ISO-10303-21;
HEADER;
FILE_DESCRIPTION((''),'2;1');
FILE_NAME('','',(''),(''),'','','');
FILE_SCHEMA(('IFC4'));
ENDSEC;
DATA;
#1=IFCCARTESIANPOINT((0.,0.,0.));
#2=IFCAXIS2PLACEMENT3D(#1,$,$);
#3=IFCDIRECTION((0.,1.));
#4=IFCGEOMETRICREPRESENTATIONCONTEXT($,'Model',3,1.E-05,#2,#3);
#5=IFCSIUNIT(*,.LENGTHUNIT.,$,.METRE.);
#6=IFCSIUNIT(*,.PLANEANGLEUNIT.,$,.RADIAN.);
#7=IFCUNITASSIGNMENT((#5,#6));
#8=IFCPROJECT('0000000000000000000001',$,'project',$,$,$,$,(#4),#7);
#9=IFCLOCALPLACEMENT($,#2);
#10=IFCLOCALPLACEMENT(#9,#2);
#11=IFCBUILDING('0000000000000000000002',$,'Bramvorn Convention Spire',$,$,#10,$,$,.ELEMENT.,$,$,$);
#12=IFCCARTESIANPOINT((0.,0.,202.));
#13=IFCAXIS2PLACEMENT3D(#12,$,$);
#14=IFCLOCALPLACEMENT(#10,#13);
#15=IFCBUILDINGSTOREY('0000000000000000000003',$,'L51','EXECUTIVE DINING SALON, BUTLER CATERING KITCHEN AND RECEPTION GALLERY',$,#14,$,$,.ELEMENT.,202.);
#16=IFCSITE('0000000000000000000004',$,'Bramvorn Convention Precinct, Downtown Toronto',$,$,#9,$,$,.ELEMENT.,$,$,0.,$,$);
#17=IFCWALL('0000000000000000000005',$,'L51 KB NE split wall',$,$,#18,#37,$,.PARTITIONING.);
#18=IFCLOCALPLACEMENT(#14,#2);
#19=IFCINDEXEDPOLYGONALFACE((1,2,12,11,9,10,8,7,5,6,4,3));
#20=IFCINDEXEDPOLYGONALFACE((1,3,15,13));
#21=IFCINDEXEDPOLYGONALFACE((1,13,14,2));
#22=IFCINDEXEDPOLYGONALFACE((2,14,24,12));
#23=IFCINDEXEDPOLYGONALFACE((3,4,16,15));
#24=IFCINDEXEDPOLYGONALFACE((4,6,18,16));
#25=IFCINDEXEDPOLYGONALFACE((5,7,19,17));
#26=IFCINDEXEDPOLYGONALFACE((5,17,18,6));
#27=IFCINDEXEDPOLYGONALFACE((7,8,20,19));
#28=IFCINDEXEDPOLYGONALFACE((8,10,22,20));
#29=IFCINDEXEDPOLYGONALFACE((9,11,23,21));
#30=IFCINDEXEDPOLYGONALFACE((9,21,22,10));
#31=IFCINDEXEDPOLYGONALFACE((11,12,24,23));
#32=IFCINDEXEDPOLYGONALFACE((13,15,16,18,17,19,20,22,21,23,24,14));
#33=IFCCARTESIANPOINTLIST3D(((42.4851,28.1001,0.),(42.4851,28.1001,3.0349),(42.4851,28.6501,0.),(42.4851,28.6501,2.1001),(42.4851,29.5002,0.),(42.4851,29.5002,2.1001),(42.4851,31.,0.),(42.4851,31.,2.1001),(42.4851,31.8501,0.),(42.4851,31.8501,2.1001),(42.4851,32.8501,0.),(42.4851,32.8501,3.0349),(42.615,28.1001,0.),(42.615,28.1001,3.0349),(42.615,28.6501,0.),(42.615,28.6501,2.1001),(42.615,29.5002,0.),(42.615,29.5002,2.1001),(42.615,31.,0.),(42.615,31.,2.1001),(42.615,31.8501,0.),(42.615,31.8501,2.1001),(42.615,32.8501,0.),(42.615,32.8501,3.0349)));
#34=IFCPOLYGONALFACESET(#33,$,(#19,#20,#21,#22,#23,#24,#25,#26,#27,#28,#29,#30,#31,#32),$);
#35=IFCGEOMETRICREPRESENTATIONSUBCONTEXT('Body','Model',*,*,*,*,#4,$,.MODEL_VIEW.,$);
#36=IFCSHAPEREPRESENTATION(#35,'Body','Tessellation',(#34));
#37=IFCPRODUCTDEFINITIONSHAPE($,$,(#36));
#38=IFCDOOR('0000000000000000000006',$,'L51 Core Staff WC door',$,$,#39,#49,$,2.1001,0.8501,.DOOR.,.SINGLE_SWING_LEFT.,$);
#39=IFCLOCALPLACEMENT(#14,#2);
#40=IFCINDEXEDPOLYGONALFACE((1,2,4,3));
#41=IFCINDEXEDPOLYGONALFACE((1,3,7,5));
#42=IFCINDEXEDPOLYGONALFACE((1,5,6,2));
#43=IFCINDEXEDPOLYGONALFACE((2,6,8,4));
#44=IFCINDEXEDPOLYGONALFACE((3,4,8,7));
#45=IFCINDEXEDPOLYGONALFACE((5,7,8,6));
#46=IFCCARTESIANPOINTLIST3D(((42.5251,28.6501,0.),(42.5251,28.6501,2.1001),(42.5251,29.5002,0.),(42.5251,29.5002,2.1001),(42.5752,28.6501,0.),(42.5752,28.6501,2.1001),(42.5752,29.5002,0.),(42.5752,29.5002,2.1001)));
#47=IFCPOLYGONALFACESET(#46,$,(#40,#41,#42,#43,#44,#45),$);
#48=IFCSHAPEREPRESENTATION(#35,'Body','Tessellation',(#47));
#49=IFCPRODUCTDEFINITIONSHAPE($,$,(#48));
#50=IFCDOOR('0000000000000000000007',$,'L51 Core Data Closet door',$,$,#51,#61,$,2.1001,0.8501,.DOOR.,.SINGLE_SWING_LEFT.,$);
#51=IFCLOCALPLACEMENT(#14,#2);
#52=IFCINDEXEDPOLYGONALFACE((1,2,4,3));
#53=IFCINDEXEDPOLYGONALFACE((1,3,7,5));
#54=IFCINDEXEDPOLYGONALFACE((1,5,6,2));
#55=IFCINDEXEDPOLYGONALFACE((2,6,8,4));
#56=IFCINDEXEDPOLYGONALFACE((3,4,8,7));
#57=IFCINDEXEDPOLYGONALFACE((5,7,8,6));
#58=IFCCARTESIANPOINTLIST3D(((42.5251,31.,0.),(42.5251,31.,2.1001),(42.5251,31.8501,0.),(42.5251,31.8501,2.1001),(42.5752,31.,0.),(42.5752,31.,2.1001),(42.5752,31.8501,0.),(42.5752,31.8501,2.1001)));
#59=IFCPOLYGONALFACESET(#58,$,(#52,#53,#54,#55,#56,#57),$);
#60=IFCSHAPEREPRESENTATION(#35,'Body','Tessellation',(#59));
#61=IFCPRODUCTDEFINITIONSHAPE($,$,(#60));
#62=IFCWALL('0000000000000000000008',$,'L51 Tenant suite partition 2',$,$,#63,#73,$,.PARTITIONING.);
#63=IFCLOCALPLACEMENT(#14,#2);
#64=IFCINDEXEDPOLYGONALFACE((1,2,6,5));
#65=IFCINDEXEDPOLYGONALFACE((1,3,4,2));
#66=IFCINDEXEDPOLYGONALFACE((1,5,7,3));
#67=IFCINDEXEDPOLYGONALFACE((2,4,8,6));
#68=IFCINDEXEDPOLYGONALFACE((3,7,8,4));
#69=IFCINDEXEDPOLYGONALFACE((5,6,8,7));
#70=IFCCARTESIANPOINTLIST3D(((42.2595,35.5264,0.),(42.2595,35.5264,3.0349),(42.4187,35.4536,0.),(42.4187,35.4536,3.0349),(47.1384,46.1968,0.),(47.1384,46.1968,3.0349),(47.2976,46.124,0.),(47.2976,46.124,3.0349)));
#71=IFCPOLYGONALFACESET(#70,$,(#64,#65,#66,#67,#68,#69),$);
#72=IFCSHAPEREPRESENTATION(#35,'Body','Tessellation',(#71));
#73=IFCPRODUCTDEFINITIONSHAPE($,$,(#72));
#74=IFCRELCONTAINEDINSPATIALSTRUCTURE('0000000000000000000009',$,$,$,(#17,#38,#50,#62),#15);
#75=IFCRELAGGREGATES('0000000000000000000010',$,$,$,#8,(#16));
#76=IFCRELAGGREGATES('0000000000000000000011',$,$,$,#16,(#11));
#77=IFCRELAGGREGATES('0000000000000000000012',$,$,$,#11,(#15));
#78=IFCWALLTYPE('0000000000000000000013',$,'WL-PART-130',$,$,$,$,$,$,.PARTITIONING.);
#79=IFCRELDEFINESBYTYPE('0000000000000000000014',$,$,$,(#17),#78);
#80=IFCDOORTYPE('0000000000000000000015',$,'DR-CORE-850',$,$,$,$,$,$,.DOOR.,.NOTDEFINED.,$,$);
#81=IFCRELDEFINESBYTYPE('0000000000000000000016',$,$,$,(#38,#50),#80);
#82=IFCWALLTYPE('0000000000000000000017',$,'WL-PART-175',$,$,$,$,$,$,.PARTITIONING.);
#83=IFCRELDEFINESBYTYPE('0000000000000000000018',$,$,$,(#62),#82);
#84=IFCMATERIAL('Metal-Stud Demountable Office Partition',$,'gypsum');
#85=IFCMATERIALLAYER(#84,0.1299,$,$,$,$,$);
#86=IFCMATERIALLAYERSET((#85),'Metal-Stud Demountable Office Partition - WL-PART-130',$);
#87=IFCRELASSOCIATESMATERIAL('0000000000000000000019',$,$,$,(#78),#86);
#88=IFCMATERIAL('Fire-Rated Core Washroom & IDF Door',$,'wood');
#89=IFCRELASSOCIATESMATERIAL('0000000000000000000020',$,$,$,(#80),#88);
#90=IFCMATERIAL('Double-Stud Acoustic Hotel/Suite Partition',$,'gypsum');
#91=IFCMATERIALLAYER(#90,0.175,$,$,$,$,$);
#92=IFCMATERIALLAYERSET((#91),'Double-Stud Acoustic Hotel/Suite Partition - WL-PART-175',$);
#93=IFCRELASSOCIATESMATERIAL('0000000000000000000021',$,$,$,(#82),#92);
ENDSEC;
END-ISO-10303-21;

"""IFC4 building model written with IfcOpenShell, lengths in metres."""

from ifc_helpers import new_model, si_unit, direction, frame, frame_2d, origin, place, context, subcontext, project, spatial, rectangle, extrude, material, layer, layer_set, type_object, element, fill, save


model = new_model("IFC4")

# Units and contexts
model_context = context("Model", 3, precision=1e-05, world=origin(), true_north=direction((0.0, 1.0)))
body_context = subcontext(model_context, "Body", "Model", "MODEL_VIEW")
ifc_project = project(units=[si_unit("LENGTHUNIT", "METRE"), si_unit("PLANEANGLEUNIT", "RADIAN")], contexts=[model_context])

# Site, building, storey
site_placement = place(None, origin())
site = spatial("IfcSite", under=ifc_project, at=site_placement, Name="Bramvorn Convention Precinct, Downtown Toronto", CompositionType="ELEMENT", RefElevation=0.0)
building_placement = place(site_placement, origin())
building = spatial("IfcBuilding", under=site, at=building_placement, Name="Bramvorn Convention Spire", CompositionType="ELEMENT")
storey_placement = place(building_placement, frame((0.0, 0.0, 202.0)))
storey = spatial("IfcBuildingStorey", under=building, at=storey_placement, Name="L51", Description="EXECUTIVE DINING SALON, BUTLER CATERING KITCHEN AND RECEPTION GALLERY", CompositionType="ELEMENT", Elevation=202.0)

# Wall, openings, doors
ifc_material_1 = material(Name="Metal-Stud Demountable Office Partition", Category="gypsum")
ifc_layer_1 = layer(ifc_material_1, 0.1299)
ifc_layer_set_1 = layer_set([ifc_layer_1], Name="Metal-Stud Demountable Office Partition - WL-PART-130")
wall_type_1 = type_object("IfcWallType", Name="WL-PART-130", PredefinedType="PARTITIONING", material=ifc_layer_set_1)
wall_1_placement = place(storey_placement, frame((42.55, 28.1001, 0.0), z_axis=(0.0, 0.0, 1.0), x_axis=(0.0, 1.0, 0.0)))
wall_1 = element("IfcWall", 1, at=wall_1_placement, inside=storey, type_object=wall_type_1, Name="L51 KB NE split wall", PredefinedType="PARTITIONING", context=body_context, shape_type="SweptSolid", body=[
    extrude(rectangle(XDim=4.75, YDim=0.1299, at=frame_2d((2.375, 0.0))), origin(), (0.0, 0.0, 1.0), 3.0349),
])
opening_1_placement = place(wall_1_placement, frame((0.55, 0.0, 0.0)))
opening_1 = element("IfcOpeningElement", 2, at=opening_1_placement, cuts=wall_1, PredefinedType="OPENING", context=body_context, shape_type="SweptSolid", body=[
    extrude(rectangle(XDim=0.8501, YDim=2.1001, at=frame_2d((0.425, 1.05))), frame((0.0, 0.075, 0.0), z_axis=(0.0, -1.0, 0.0), x_axis=(1.0, 0.0, 0.0)), (0.0, 0.0, 1.0), 0.1499),
])
opening_2_placement = place(wall_1_placement, frame((2.8999, 0.0, 0.0)))
opening_2 = element("IfcOpeningElement", 3, at=opening_2_placement, cuts=wall_1, PredefinedType="OPENING", context=body_context, shape_type="SweptSolid", body=[
    extrude(rectangle(XDim=0.8501, YDim=2.1001, at=frame_2d((0.425, 1.05))), frame((0.0, 0.075, 0.0), z_axis=(0.0, -1.0, 0.0), x_axis=(1.0, 0.0, 0.0)), (0.0, 0.0, 1.0), 0.1499),
])
ifc_material_2 = material(Name="Fire-Rated Core Washroom & IDF Door", Category="wood")
door_type_1 = type_object("IfcDoorType", Name="DR-CORE-850", OperationType="NOTDEFINED", PredefinedType="DOOR", material=ifc_material_2)
door_1_placement = place(opening_1_placement, origin())
door_1 = element("IfcDoor", 4, at=door_1_placement, inside=storey, type_object=door_type_1, Name="L51 Core Staff WC door", OperationType="SINGLE_SWING_LEFT", OverallHeight=2.1001, OverallWidth=0.8501, PredefinedType="DOOR", context=body_context, shape_type="SweptSolid", body=[
    extrude(rectangle(XDim=0.8501, YDim=2.1001, at=frame_2d((0.425, 1.05))), frame((0.0, 0.0249, 0.0), z_axis=(0.0, -1.0, 0.0), x_axis=(1.0, 0.0, 0.0)), (0.0, 0.0, 1.0), 0.05),
])
fill(opening_1, door_1)
door_2_placement = place(opening_2_placement, origin())
door_2 = element("IfcDoor", 5, at=door_2_placement, inside=storey, type_object=door_type_1, Name="L51 Core Data Closet door", OperationType="SINGLE_SWING_LEFT", OverallHeight=2.1001, OverallWidth=0.8501, PredefinedType="DOOR", context=body_context, shape_type="SweptSolid", body=[
    extrude(rectangle(XDim=0.8501, YDim=2.1001, at=frame_2d((0.425, 1.05))), frame((0.0, 0.0249, 0.0), z_axis=(0.0, -1.0, 0.0), x_axis=(1.0, 0.0, 0.0)), (0.0, 0.0, 1.0), 0.05),
])
fill(opening_2, door_2)

# Wall
ifc_material_3 = material(Name="Double-Stud Acoustic Hotel/Suite Partition", Category="gypsum")
ifc_layer_2 = layer(ifc_material_3, 0.175)
ifc_layer_set_2 = layer_set([ifc_layer_2], Name="Double-Stud Acoustic Hotel/Suite Partition - WL-PART-175")
wall_type_2 = type_object("IfcWallType", Name="WL-PART-175", PredefinedType="PARTITIONING", material=ifc_layer_set_2)
wall_2_placement = place(storey_placement, frame((42.3391, 35.49, 0.0), z_axis=(0.0, 0.0, 1.0), x_axis=(0.415831, 0.909442, 0.0)))
element("IfcWall", 6, at=wall_2_placement, inside=storey, type_object=wall_type_2, Name="L51 Tenant suite partition 2", PredefinedType="PARTITIONING", context=body_context, shape_type="SweptSolid", body=[
    extrude(rectangle(XDim=11.7329, YDim=0.175, at=frame_2d((5.8665, 0.0))), origin(), (0.0, 0.0, 1.0), 3.0349),
])

save(model, "model.ifc")
